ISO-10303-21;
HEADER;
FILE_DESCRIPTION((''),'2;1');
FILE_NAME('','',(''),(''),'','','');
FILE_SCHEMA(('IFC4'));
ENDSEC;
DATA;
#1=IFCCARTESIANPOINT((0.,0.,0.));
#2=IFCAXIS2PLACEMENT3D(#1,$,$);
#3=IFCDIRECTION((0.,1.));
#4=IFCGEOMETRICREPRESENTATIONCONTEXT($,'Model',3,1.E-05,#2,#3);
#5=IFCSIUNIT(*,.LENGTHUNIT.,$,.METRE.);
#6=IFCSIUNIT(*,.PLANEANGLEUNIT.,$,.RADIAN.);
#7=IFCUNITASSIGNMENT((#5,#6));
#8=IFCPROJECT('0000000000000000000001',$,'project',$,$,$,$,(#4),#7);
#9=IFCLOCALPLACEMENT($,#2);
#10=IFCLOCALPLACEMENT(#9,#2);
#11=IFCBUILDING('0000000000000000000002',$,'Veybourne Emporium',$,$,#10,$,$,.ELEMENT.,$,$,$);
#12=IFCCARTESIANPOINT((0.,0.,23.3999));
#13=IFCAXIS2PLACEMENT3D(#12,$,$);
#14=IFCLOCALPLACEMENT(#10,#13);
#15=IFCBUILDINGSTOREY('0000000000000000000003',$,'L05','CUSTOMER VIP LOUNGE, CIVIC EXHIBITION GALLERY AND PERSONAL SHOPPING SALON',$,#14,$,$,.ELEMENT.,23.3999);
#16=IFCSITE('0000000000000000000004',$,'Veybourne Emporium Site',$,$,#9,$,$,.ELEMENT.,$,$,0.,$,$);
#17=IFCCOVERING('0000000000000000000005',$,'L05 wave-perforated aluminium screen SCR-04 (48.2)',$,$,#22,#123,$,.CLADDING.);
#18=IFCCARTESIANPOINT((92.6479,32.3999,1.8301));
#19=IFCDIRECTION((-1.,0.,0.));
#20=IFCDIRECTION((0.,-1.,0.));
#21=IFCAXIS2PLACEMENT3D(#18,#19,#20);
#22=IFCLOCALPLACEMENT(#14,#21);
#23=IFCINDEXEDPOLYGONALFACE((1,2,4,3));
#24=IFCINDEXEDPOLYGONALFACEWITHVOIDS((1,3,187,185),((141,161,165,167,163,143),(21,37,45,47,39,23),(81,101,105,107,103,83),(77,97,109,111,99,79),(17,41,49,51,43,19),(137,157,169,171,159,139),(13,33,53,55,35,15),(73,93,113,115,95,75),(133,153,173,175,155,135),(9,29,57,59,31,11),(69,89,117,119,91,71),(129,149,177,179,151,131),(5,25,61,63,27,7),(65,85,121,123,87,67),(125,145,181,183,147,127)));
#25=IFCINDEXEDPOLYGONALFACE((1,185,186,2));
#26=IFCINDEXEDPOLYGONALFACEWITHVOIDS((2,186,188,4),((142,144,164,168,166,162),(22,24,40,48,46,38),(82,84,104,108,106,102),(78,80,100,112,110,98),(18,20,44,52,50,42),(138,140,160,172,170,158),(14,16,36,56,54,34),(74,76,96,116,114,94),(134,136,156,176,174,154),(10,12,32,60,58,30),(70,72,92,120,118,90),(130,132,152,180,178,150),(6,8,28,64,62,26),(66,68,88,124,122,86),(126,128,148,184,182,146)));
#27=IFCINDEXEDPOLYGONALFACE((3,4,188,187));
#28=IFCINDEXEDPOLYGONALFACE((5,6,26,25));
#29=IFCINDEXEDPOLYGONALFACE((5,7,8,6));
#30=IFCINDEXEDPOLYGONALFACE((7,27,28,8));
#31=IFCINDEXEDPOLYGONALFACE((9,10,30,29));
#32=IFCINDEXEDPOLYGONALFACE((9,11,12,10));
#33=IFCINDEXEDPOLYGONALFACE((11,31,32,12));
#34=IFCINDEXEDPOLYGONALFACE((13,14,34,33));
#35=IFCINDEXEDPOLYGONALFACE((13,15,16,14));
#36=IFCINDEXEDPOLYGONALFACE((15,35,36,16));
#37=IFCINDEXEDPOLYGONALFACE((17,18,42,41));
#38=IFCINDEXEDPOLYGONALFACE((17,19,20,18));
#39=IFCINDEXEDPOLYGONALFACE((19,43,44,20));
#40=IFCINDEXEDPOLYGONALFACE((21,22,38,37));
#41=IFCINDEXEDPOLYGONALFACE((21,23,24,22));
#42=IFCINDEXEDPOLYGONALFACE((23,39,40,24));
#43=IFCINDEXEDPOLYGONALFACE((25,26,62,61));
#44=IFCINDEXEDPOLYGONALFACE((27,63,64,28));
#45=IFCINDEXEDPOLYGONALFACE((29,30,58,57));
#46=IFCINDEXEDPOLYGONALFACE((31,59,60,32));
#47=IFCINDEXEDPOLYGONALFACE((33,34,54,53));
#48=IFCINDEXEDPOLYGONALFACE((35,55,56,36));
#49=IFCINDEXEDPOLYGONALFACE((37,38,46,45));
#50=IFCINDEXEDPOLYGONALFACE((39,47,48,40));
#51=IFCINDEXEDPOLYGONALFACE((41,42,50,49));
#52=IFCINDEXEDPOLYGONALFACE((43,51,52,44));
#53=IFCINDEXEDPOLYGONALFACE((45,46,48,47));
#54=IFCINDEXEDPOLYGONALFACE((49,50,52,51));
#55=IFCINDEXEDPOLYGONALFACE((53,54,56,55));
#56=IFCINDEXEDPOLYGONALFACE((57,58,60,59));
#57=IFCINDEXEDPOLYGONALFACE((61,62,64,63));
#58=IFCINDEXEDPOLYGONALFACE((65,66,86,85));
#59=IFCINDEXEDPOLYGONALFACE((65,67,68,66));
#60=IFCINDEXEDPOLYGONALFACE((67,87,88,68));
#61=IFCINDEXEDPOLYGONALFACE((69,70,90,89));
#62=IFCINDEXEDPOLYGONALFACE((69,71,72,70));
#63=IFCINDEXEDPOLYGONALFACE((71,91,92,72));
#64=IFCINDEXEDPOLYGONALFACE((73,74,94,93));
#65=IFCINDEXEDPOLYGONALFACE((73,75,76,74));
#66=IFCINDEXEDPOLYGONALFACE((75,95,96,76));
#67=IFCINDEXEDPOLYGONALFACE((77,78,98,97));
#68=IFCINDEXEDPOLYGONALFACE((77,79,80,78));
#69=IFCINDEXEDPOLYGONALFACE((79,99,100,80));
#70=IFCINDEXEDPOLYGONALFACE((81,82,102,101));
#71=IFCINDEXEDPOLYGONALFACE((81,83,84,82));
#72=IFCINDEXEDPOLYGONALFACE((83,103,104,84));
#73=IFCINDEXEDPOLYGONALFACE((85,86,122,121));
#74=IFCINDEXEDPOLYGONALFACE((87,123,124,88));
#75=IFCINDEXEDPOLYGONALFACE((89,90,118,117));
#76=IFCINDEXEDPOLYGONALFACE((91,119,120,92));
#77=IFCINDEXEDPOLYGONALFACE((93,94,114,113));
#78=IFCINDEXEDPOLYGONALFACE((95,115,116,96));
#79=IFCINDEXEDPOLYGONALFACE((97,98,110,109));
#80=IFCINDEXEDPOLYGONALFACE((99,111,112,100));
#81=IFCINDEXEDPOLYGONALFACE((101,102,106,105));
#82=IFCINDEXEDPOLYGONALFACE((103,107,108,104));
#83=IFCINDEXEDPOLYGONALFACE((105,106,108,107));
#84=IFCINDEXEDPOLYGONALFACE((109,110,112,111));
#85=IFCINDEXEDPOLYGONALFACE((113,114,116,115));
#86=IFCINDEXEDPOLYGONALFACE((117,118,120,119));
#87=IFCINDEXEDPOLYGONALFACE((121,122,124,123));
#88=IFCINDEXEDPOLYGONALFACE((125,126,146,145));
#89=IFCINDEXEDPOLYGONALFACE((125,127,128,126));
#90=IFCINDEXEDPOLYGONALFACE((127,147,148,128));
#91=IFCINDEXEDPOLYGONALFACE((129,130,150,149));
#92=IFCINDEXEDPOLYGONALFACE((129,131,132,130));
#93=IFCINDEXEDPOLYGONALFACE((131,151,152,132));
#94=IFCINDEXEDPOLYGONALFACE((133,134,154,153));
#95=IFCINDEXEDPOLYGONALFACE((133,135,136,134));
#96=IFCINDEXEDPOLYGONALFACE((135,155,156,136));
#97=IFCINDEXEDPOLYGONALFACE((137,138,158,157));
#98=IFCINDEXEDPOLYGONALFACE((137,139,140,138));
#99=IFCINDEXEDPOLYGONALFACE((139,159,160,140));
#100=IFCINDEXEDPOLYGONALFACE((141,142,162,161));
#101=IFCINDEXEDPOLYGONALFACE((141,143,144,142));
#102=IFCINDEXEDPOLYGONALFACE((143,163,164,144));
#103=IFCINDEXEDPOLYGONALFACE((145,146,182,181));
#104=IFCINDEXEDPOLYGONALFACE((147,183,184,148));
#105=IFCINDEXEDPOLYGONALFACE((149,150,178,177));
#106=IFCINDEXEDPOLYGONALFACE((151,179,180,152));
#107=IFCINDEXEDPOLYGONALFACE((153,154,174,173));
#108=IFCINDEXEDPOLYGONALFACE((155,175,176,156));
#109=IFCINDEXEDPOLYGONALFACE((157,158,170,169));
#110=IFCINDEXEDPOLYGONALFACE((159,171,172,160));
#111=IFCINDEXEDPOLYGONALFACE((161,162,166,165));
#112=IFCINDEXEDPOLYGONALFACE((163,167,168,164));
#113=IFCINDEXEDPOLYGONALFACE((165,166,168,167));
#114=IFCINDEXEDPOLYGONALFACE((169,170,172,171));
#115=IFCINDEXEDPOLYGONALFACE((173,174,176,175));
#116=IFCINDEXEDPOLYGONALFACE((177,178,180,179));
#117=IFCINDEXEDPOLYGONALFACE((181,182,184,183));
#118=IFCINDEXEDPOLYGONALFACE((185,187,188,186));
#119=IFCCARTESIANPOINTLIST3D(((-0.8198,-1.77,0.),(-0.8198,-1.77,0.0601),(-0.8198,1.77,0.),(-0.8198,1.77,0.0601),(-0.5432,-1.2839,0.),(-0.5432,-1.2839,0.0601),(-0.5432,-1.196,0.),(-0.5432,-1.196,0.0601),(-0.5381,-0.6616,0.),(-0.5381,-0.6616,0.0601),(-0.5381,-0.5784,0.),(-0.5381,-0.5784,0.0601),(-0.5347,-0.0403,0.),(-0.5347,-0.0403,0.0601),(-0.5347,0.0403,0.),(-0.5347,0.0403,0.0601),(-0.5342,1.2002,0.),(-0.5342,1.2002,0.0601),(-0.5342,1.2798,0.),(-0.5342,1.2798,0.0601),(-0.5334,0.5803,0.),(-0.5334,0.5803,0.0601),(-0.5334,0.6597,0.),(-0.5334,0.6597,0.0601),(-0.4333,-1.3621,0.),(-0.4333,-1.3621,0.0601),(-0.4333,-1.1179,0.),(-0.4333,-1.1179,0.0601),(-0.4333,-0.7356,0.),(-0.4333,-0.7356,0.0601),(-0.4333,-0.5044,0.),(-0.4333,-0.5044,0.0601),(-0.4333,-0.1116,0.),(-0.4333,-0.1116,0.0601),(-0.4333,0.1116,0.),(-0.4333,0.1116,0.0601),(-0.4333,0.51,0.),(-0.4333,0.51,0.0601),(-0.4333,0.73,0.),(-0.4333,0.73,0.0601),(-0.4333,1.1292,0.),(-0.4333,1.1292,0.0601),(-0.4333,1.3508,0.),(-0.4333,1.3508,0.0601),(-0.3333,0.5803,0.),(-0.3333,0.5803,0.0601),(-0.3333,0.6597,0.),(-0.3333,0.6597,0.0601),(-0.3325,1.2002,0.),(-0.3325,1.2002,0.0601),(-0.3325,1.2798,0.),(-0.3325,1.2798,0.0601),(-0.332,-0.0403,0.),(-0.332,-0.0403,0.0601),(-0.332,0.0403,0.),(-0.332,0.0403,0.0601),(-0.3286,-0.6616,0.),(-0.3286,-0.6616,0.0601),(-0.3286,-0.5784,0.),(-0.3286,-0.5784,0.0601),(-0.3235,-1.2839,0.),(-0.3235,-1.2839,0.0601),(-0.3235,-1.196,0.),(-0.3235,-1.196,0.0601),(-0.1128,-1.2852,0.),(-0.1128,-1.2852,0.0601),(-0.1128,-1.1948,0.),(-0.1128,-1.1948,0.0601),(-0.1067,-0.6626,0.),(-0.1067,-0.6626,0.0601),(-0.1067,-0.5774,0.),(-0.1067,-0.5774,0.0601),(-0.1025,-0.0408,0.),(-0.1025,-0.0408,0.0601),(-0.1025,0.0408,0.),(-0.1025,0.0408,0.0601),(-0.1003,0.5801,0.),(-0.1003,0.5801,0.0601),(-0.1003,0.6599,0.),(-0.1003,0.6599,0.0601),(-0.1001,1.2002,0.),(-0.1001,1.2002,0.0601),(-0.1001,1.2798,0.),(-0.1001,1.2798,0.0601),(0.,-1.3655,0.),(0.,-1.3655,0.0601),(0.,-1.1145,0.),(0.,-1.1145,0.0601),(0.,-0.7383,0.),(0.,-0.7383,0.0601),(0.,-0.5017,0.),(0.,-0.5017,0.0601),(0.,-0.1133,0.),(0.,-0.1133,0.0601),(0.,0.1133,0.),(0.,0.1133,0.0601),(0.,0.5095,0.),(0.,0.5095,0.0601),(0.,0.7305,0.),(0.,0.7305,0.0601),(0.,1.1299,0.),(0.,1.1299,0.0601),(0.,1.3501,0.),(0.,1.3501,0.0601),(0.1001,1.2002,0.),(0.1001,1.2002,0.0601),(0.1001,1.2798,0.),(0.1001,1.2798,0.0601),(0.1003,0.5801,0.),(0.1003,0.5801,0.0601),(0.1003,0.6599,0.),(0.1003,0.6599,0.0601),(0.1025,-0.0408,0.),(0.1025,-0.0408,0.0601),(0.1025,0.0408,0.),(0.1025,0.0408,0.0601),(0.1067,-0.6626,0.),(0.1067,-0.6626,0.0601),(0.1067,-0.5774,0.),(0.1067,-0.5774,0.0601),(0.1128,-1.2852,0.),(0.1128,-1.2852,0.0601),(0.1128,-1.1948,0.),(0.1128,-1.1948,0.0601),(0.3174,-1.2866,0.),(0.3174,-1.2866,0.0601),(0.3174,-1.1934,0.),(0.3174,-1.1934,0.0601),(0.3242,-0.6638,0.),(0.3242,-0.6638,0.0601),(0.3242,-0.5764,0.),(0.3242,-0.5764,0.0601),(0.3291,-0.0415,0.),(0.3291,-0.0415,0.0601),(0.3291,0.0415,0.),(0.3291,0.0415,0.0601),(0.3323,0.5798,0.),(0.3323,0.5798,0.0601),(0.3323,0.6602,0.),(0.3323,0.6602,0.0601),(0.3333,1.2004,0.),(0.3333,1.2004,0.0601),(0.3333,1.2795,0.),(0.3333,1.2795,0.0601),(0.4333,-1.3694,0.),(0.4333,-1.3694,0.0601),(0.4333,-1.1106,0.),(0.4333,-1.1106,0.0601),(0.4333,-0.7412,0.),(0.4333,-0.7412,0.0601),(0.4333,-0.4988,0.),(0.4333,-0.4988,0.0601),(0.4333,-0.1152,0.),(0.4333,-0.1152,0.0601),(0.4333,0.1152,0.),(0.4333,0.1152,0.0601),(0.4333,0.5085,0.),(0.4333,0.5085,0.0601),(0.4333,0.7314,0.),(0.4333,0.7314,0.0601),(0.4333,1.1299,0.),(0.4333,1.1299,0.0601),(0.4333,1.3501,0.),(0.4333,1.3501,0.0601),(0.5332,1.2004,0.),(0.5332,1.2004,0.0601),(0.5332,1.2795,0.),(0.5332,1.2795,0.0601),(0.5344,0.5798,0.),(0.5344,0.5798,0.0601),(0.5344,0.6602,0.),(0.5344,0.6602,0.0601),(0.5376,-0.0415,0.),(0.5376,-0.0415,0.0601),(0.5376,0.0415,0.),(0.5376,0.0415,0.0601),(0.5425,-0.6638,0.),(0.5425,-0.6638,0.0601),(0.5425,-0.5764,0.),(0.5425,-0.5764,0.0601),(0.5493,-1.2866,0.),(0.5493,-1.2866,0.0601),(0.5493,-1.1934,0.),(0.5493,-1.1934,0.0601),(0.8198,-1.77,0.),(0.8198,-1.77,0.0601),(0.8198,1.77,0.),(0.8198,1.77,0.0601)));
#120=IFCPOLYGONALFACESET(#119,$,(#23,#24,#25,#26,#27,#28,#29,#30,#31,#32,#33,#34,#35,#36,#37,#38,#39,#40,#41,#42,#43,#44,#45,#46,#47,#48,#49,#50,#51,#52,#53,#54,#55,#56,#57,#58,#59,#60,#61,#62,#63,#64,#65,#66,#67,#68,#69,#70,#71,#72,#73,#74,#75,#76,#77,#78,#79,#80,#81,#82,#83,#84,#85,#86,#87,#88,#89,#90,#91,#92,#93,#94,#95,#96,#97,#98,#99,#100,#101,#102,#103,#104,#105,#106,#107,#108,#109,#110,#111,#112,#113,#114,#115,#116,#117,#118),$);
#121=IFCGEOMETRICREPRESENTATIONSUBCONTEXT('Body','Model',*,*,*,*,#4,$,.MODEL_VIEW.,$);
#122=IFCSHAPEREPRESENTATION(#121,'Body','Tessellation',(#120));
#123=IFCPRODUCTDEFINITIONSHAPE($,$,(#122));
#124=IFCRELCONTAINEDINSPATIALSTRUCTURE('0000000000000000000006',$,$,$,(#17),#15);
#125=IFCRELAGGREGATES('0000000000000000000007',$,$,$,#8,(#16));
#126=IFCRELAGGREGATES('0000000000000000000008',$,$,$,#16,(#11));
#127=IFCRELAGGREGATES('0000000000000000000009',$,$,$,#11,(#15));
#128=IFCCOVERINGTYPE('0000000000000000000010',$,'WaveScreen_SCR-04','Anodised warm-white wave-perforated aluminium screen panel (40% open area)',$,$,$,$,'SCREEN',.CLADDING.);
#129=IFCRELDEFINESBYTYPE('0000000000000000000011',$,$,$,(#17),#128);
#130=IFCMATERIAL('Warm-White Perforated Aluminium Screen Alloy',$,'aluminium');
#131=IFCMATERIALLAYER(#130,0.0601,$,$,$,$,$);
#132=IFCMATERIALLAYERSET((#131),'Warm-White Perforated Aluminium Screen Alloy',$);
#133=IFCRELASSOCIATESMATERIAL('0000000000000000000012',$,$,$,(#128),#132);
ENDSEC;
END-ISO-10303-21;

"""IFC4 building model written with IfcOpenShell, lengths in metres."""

from ifc_helpers import new_model, si_unit, direction, frame, origin, place, context, subcontext, project, spatial, polyline, outline, extrude, material, layer, layer_set, type_object, element, save


model = new_model("IFC4")

# Units and contexts
model_context = context("Model", 3, precision=1e-05, world=origin(), true_north=direction((0.0, 1.0)))
body_context = subcontext(model_context, "Body", "Model", "MODEL_VIEW")
ifc_project = project(units=[si_unit("LENGTHUNIT", "METRE"), si_unit("PLANEANGLEUNIT", "RADIAN")], contexts=[model_context])

# Site, building, storey
site_placement = place(None, origin())
site = spatial("IfcSite", under=ifc_project, at=site_placement, Name="Veybourne Emporium Site", CompositionType="ELEMENT", RefElevation=0.0)
building_placement = place(site_placement, origin())
building = spatial("IfcBuilding", under=site, at=building_placement, Name="Veybourne Emporium", CompositionType="ELEMENT")
storey_placement = place(building_placement, frame((0.0, 0.0, 23.3999)))
storey = spatial("IfcBuildingStorey", under=building, at=storey_placement, Name="L05", Description="CUSTOMER VIP LOUNGE, CIVIC EXHIBITION GALLERY AND PERSONAL SHOPPING SALON", CompositionType="ELEMENT", Elevation=23.3999)

# Covering
ifc_material_1 = material(Name="Warm-White Perforated Aluminium Screen Alloy", Category="aluminium")
ifc_layer_1 = layer(ifc_material_1, 0.0601)
ifc_layer_set_1 = layer_set([ifc_layer_1], Name="Warm-White Perforated Aluminium Screen Alloy")
covering_type_1 = type_object("IfcCoveringType", Name="WaveScreen_SCR-04", Description="Anodised warm-white wave-perforated aluminium screen panel (40% open area)", ElementType="SCREEN", PredefinedType="CLADDING", material=ifc_layer_set_1)
covering_1_placement = place(storey_placement, frame((92.6479, 32.3999, 1.8301), z_axis=(-1.0, 0.0, 0.0), x_axis=(0.0, -1.0, 0.0)))
element("IfcCovering", 1, at=covering_1_placement, inside=storey, type_object=covering_type_1, Name="L05 wave-perforated aluminium screen SCR-04 (48.2)", PredefinedType="CLADDING", context=body_context, shape_type="SweptSolid", body=[
    extrude(outline(polyline([(-0.8198, -1.77), (0.8198, -1.77), (0.8198, 1.77), (-0.8198, 1.77), (-0.8198, -1.77)]), holes=[polyline([(-0.4333, -1.1179), (-0.3235, -1.196), (-0.3235, -1.2839), (-0.4333, -1.3621), (-0.5432, -1.2839), (-0.5432, -1.196), (-0.4333, -1.1179)]), polyline([(-0.4333, -0.5044), (-0.3286, -0.5784), (-0.3286, -0.6616), (-0.4333, -0.7356), (-0.5381, -0.6616), (-0.5381, -0.5784), (-0.4333, -0.5044)]), polyline([(-0.4333, 0.1116), (-0.332, 0.0403), (-0.332, -0.0403), (-0.4333, -0.1116), (-0.5347, -0.0403), (-0.5347, 0.0403), (-0.4333, 0.1116)]), polyline([(-0.4333, 0.73), (-0.3333, 0.6597), (-0.3333, 0.5803), (-0.4333, 0.51), (-0.5334, 0.5803), (-0.5334, 0.6597), (-0.4333, 0.73)]), polyline([(-0.4333, 1.3508), (-0.3325, 1.2798), (-0.3325, 1.2002), (-0.4333, 1.1292), (-0.5342, 1.2002), (-0.5342, 1.2798), (-0.4333, 1.3508)]), polyline([(0.0, -1.1145), (0.1128, -1.1948), (0.1128, -1.2852), (0.0, -1.3655), (-0.1128, -1.2852), (-0.1128, -1.1948), (0.0, -1.1145)]), polyline([(0.0, -0.5017), (0.1067, -0.5774), (0.1067, -0.6626), (0.0, -0.7383), (-0.1067, -0.6626), (-0.1067, -0.5774), (0.0, -0.5017)]), polyline([(0.0, 0.1133), (0.1025, 0.0408), (0.1025, -0.0408), (0.0, -0.1133), (-0.1025, -0.0408), (-0.1025, 0.0408), (0.0, 0.1133)]), polyline([(0.0, 0.7305), (0.1003, 0.6599), (0.1003, 0.5801), (0.0, 0.5095), (-0.1003, 0.5801), (-0.1003, 0.6599), (0.0, 0.7305)]), polyline([(0.0, 1.3501), (0.1001, 1.2798), (0.1001, 1.2002), (0.0, 1.1299), (-0.1001, 1.2002), (-0.1001, 1.2798), (0.0, 1.3501)]), polyline([(0.4333, -1.1106), (0.5493, -1.1934), (0.5493, -1.2866), (0.4333, -1.3694), (0.3174, -1.2866), (0.3174, -1.1934), (0.4333, -1.1106)]), polyline([(0.4333, -0.4988), (0.5425, -0.5764), (0.5425, -0.6638), (0.4333, -0.7412), (0.3242, -0.6638), (0.3242, -0.5764), (0.4333, -0.4988)]), polyline([(0.4333, 0.1152), (0.5376, 0.0415), (0.5376, -0.0415), (0.4333, -0.1152), (0.3291, -0.0415), (0.3291, 0.0415), (0.4333, 0.1152)]), polyline([(0.4333, 0.7314), (0.5344, 0.6602), (0.5344, 0.5798), (0.4333, 0.5085), (0.3323, 0.5798), (0.3323, 0.6602), (0.4333, 0.7314)]), polyline([(0.4333, 1.3501), (0.5332, 1.2795), (0.5332, 1.2004), (0.4333, 1.1299), (0.3333, 1.2004), (0.3333, 1.2795), (0.4333, 1.3501)])]), origin(), (0.0, 0.0, 1.0), 0.0601),
])

save(model, "model.ifc")
